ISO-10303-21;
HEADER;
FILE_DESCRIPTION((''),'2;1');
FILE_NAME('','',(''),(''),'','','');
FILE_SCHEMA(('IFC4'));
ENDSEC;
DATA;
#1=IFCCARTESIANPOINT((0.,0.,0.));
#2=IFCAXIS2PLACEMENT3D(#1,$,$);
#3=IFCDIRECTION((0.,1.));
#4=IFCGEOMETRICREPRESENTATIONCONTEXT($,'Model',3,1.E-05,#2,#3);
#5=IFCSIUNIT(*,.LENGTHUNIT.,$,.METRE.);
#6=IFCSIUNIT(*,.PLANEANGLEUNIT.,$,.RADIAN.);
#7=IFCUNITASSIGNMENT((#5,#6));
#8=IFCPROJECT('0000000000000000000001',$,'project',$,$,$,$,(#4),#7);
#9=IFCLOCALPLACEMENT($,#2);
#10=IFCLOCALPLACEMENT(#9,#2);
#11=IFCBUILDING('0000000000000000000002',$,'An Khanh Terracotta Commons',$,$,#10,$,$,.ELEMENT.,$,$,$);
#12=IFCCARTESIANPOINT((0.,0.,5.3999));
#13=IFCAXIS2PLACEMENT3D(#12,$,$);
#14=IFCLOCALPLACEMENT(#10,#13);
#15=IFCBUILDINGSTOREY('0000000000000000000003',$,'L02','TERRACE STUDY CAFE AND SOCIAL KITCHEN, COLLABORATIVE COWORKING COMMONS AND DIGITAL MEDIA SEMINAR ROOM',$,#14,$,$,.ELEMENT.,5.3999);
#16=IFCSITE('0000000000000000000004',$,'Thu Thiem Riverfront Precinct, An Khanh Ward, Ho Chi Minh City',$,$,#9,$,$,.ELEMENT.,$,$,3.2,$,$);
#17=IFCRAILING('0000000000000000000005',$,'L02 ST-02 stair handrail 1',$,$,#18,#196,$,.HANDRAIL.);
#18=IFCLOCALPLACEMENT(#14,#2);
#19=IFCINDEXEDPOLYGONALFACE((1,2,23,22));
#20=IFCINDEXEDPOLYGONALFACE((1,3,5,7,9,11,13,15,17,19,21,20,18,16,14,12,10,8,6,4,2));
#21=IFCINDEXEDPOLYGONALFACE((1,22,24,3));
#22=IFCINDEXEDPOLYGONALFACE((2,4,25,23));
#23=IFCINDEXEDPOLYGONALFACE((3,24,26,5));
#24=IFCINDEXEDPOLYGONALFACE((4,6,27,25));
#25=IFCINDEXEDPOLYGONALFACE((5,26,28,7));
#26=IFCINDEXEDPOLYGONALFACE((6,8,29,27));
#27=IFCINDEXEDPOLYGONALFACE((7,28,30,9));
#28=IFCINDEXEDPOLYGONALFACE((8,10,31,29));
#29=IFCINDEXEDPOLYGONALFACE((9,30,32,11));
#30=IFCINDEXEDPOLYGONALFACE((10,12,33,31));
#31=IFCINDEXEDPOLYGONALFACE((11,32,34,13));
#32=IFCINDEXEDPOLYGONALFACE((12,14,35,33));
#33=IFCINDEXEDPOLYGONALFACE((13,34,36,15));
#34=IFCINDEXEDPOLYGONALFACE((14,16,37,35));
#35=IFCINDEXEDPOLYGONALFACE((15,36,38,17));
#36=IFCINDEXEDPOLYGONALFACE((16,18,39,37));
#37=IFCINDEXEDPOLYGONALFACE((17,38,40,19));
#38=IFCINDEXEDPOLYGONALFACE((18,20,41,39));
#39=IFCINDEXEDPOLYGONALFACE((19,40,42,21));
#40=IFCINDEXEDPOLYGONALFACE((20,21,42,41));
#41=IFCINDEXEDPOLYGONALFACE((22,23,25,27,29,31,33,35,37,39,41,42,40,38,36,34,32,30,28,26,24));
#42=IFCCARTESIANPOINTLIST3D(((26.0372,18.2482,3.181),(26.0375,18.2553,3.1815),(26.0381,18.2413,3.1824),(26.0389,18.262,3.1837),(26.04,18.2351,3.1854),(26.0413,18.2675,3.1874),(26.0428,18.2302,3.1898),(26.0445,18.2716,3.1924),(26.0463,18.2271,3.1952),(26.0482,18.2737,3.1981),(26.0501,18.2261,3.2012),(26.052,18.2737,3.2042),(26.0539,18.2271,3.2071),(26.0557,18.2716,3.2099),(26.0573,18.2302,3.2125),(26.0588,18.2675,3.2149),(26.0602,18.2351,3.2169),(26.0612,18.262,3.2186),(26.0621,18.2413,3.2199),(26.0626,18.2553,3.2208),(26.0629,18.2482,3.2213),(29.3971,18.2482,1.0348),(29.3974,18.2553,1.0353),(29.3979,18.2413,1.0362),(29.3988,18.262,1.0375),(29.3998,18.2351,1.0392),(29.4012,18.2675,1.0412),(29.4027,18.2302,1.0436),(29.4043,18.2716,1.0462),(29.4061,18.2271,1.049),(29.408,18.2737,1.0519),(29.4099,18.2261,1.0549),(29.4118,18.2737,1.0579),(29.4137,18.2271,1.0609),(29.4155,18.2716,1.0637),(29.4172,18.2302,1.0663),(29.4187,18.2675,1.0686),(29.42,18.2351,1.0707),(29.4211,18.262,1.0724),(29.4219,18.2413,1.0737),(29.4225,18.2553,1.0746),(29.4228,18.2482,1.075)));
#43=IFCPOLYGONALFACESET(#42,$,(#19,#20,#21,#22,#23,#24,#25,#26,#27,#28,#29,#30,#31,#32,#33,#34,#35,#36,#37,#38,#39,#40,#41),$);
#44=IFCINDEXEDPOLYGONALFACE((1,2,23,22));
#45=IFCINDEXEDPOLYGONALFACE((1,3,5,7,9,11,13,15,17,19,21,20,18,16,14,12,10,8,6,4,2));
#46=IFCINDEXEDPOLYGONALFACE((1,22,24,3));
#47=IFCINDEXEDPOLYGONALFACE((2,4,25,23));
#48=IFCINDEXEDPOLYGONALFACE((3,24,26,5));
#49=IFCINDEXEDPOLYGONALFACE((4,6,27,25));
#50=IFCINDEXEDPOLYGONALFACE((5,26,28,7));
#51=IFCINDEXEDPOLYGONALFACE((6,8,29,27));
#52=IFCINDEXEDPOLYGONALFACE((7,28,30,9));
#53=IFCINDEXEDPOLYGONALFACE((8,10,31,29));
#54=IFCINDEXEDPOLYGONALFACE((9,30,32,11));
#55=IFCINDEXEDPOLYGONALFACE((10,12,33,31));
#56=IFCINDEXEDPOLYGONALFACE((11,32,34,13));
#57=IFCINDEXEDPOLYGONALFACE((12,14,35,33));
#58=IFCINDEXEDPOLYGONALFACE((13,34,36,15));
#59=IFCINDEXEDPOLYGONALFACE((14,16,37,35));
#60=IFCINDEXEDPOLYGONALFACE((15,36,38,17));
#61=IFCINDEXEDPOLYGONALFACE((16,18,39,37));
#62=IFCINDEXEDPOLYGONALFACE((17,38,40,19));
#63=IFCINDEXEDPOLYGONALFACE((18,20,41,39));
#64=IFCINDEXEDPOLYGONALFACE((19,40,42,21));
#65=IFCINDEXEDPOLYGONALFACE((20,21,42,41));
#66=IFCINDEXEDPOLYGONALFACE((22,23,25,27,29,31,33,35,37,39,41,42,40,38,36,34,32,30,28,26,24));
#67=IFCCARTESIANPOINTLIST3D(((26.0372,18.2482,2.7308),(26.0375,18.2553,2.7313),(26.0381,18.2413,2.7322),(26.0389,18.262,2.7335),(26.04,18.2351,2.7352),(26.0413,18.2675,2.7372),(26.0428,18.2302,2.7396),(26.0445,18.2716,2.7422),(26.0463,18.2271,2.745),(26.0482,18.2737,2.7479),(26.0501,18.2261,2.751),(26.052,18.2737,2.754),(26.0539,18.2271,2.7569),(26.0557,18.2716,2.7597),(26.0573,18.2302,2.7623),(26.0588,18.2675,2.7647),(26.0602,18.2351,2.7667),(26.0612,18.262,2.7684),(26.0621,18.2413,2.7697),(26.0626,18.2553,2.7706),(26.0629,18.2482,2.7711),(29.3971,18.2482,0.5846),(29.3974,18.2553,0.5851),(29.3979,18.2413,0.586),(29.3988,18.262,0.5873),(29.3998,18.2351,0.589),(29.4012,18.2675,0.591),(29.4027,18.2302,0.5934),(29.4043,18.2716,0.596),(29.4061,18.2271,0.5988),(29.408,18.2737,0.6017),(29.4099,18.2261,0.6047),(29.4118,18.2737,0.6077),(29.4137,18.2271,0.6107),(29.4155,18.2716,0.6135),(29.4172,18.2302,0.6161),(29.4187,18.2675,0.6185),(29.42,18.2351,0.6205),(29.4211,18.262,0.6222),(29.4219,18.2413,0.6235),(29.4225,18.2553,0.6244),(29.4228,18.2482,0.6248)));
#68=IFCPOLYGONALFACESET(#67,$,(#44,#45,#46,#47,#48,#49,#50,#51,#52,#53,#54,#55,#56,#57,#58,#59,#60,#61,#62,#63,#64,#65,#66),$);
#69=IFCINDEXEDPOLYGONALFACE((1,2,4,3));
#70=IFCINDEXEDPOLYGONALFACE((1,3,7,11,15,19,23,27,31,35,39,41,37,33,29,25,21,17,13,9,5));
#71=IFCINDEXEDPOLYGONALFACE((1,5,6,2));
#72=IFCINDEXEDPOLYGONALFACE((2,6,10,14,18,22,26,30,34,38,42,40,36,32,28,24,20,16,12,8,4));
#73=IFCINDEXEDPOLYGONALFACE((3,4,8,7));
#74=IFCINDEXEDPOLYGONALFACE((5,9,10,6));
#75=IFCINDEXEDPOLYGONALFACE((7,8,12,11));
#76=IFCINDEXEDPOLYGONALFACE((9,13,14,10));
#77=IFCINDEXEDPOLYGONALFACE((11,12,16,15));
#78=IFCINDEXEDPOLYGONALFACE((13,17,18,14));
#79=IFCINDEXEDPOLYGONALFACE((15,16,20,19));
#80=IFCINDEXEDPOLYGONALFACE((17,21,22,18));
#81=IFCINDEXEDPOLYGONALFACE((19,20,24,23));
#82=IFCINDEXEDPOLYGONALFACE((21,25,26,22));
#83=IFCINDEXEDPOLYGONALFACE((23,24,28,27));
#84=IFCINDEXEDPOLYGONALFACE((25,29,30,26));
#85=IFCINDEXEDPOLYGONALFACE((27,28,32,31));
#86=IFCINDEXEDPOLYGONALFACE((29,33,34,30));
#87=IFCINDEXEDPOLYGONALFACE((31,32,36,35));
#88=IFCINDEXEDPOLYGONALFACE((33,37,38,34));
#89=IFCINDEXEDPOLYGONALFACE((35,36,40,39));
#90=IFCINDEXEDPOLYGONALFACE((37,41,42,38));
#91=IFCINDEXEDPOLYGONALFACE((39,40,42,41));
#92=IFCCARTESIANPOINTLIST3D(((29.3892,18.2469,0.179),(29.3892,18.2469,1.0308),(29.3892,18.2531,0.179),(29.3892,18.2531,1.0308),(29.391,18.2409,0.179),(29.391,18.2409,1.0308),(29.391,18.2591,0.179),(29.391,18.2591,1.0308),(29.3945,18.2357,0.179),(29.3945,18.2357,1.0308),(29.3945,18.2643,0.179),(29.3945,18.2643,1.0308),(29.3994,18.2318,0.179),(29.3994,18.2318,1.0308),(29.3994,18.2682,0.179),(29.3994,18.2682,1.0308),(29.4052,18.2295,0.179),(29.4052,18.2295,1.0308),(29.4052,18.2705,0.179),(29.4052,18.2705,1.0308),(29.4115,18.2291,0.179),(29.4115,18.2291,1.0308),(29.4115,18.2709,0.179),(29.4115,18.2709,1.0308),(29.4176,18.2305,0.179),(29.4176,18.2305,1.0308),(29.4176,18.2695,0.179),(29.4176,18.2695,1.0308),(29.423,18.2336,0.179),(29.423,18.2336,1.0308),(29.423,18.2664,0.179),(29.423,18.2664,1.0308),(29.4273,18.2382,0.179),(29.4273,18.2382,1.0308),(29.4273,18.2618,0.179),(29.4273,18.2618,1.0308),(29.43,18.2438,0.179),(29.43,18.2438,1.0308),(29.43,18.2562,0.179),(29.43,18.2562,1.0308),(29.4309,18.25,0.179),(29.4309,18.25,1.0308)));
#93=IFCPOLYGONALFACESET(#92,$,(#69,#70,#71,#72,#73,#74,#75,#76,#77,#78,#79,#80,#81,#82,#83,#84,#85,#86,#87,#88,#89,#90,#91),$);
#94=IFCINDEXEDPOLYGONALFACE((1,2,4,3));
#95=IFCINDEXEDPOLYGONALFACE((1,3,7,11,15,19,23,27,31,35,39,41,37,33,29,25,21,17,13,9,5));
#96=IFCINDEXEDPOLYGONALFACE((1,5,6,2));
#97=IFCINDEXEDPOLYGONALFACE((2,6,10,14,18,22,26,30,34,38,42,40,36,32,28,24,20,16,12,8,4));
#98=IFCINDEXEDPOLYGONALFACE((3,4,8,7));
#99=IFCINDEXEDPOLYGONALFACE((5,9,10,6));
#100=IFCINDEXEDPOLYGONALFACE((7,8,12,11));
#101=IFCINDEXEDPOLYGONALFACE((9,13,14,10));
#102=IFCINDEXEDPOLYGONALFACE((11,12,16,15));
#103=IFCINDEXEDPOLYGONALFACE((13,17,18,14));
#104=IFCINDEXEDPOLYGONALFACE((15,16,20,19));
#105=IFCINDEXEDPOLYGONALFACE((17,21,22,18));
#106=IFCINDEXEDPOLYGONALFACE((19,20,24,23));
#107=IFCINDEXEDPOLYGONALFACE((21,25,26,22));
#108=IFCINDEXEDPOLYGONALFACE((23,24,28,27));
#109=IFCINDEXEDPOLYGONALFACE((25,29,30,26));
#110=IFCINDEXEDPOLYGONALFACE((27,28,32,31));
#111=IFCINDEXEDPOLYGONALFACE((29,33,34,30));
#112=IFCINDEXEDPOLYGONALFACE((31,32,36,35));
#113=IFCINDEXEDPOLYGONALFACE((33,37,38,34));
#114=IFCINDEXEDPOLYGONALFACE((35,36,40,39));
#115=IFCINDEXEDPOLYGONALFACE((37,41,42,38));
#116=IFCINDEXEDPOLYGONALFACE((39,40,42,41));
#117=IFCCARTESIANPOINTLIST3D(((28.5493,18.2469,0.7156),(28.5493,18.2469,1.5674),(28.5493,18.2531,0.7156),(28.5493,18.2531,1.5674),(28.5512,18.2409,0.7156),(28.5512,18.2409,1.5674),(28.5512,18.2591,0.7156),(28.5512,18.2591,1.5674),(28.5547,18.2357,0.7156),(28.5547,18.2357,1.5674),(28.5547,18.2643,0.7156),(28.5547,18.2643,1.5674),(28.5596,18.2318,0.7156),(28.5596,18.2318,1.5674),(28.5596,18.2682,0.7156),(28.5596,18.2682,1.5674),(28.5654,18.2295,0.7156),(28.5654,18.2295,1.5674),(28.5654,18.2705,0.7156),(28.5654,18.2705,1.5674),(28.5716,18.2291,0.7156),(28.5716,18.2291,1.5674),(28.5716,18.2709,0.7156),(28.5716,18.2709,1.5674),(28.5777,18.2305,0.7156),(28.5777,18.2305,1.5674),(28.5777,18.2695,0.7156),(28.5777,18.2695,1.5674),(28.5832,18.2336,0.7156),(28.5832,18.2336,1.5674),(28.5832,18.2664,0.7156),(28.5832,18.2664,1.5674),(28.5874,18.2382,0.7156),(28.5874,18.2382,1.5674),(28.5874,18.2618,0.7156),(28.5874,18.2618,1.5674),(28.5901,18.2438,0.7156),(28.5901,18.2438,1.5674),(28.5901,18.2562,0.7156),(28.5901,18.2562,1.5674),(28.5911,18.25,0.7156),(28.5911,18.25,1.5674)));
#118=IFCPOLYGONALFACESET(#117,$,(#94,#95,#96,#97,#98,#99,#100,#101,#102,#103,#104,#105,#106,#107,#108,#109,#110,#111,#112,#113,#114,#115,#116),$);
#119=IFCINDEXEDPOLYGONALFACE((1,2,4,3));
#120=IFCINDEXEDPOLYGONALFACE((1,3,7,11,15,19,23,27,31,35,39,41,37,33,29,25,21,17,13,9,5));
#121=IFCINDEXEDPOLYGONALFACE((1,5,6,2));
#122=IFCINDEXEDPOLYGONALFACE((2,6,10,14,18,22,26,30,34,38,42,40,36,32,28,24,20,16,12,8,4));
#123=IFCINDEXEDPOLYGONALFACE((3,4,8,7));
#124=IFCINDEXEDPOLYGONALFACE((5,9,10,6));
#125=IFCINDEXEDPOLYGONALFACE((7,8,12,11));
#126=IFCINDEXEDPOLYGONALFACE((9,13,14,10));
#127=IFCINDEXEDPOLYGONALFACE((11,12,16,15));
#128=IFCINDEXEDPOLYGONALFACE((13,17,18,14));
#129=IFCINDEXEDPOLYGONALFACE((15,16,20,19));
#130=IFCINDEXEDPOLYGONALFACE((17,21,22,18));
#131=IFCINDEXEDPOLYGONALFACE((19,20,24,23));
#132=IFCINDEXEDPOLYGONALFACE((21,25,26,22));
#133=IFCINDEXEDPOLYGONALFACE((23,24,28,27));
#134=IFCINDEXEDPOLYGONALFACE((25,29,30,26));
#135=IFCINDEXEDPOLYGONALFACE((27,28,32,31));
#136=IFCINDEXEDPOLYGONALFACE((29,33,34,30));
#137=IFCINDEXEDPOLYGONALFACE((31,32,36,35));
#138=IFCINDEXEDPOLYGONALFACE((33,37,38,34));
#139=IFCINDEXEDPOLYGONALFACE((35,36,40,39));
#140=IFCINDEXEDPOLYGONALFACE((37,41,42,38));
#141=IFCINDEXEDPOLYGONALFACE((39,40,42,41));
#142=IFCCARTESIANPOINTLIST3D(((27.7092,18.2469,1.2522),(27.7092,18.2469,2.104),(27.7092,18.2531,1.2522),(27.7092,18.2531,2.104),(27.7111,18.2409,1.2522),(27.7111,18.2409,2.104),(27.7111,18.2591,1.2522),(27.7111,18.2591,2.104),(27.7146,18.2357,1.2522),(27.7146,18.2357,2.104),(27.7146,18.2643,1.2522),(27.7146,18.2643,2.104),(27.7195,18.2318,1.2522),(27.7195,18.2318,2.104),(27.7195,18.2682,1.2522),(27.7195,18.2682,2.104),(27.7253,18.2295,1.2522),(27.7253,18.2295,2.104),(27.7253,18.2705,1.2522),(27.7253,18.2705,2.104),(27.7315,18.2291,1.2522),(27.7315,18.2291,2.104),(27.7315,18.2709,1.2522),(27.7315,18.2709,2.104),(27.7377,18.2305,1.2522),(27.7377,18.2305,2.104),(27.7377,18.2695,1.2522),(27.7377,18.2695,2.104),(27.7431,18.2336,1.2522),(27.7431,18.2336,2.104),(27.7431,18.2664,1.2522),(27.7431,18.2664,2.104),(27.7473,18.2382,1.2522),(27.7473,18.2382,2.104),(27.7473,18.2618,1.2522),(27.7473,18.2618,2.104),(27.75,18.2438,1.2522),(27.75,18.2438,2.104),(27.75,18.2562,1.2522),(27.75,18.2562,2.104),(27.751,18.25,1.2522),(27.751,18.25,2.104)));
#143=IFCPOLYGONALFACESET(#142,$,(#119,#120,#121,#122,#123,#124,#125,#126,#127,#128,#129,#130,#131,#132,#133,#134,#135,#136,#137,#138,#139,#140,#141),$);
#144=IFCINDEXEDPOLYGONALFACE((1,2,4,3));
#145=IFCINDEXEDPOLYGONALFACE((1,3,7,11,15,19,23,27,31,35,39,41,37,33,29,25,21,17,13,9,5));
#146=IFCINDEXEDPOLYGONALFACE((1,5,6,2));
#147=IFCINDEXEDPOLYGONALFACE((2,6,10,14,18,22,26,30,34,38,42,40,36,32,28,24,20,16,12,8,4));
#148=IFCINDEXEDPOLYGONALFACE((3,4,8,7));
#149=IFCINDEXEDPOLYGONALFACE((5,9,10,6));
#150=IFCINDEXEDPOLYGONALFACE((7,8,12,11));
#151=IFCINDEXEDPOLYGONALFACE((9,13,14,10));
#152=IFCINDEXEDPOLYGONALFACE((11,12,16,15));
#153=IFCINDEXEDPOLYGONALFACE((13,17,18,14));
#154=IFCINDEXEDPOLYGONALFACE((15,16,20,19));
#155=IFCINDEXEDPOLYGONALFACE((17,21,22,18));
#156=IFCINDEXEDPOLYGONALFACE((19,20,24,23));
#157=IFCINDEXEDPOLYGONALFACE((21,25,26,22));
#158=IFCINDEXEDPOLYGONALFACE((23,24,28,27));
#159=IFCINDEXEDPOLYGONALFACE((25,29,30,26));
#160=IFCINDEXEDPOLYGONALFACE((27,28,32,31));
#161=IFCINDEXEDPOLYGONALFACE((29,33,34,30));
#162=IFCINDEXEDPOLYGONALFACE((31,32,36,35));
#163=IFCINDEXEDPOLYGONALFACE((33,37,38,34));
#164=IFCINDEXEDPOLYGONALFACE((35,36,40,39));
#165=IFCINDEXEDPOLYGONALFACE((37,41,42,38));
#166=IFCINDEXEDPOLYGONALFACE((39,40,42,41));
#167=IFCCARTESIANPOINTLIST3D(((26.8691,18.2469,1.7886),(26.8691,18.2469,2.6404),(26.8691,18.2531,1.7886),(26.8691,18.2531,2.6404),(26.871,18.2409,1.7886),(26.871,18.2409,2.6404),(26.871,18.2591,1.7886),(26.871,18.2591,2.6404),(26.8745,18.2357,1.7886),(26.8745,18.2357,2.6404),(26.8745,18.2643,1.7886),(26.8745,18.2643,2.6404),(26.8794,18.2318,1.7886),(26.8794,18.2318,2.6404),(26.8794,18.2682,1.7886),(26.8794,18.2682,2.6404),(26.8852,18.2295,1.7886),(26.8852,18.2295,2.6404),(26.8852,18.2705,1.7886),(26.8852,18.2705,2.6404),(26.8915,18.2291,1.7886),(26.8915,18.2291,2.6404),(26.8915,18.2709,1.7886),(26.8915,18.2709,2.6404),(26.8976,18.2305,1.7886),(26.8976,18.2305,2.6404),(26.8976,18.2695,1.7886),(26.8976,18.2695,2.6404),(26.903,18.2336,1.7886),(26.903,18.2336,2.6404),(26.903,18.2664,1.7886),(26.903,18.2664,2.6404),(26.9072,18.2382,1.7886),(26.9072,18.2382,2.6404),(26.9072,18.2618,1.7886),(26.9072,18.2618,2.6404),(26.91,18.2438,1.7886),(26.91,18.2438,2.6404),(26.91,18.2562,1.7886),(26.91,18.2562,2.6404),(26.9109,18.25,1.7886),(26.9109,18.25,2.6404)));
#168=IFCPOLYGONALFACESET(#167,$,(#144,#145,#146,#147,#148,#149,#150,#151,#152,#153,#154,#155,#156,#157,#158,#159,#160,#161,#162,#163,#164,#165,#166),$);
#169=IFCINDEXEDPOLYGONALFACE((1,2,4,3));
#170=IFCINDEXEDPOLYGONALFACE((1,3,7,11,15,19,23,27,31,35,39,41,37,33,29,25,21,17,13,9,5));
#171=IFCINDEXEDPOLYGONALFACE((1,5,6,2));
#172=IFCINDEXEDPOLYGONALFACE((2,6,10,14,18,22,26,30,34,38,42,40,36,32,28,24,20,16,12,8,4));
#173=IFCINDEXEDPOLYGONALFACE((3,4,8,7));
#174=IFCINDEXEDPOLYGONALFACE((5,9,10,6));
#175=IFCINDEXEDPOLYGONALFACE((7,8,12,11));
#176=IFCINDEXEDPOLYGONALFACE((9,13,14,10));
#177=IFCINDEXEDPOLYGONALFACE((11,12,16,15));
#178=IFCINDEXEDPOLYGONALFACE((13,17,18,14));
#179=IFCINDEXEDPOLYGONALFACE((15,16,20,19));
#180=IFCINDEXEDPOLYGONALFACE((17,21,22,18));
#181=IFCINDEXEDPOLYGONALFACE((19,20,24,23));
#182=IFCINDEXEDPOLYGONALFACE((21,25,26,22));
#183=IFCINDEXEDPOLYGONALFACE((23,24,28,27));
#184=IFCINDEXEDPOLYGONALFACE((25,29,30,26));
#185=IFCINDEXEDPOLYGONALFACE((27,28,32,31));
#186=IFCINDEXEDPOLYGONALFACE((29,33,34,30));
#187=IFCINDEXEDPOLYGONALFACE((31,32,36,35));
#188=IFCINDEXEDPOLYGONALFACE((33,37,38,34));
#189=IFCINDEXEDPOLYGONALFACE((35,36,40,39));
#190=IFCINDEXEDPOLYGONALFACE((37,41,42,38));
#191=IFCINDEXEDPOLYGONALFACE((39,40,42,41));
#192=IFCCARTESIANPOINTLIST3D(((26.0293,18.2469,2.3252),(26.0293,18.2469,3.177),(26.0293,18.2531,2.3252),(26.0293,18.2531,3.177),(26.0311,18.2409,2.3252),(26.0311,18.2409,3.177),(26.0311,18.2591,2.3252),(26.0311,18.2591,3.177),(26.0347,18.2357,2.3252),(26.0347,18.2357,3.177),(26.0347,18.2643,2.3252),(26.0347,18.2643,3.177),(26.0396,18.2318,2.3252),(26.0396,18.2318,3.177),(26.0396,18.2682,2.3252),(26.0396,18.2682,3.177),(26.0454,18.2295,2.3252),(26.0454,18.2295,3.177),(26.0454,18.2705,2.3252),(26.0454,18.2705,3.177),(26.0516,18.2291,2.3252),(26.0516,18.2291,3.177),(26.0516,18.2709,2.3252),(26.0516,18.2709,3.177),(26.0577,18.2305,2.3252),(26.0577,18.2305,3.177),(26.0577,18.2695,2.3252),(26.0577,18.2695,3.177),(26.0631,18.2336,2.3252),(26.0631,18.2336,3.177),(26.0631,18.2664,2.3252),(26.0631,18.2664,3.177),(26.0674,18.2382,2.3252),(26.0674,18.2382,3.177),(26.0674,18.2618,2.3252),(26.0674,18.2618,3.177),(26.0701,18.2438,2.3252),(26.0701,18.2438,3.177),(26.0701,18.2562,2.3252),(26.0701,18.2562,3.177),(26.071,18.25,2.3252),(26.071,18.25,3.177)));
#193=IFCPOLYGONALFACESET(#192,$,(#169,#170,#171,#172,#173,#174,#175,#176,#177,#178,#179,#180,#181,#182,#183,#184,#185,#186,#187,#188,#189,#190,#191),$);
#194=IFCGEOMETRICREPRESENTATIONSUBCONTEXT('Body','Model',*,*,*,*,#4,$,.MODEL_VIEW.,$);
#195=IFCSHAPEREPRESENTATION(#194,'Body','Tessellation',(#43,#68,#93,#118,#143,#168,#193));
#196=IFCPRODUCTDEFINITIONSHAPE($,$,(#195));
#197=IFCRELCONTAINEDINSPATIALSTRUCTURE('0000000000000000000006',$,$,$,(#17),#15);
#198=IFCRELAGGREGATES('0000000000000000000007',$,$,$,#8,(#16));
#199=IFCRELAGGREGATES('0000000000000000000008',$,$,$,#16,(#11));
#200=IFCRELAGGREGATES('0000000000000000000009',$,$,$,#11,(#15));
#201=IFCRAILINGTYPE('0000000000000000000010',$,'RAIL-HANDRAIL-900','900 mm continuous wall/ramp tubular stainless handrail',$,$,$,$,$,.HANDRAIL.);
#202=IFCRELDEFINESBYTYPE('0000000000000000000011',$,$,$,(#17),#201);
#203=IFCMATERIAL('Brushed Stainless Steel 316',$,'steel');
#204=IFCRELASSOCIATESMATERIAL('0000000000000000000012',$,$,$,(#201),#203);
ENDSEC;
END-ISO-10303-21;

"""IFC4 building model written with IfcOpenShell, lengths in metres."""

from ifc_helpers import new_model, si_unit, direction, frame, origin, origin_2d, place, context, subcontext, project, spatial, circle, extrude, material, type_object, element, save


model = new_model("IFC4")

# Units and contexts
model_context = context("Model", 3, precision=1e-05, world=origin(), true_north=direction((0.0, 1.0)))
body_context = subcontext(model_context, "Body", "Model", "MODEL_VIEW")
ifc_project = project(units=[si_unit("LENGTHUNIT", "METRE"), si_unit("PLANEANGLEUNIT", "RADIAN")], contexts=[model_context])

# Site, building, storey
site_placement = place(None, origin())
site = spatial("IfcSite", under=ifc_project, at=site_placement, Name="Thu Thiem Riverfront Precinct, An Khanh Ward, Ho Chi Minh City", CompositionType="ELEMENT", RefElevation=3.2)
building_placement = place(site_placement, origin())
building = spatial("IfcBuilding", under=site, at=building_placement, Name="An Khanh Terracotta Commons", CompositionType="ELEMENT")
storey_placement = place(building_placement, frame((0.0, 0.0, 5.3999)))
storey = spatial("IfcBuildingStorey", under=building, at=storey_placement, Name="L02", Description="TERRACE STUDY CAFE AND SOCIAL KITCHEN, COLLABORATIVE COWORKING COMMONS AND DIGITAL MEDIA SEMINAR ROOM", CompositionType="ELEMENT", Elevation=5.3999)

# Railing
ifc_material_1 = material(Name="Brushed Stainless Steel 316", Category="steel")
railing_type = type_object("IfcRailingType", Name="RAIL-HANDRAIL-900", Description="900 mm continuous wall/ramp tubular stainless handrail", PredefinedType="HANDRAIL", material=ifc_material_1)
railing_placement = place(storey_placement, frame((29.4099, 18.25, 0.179)))
element("IfcRailing", 1, at=railing_placement, inside=storey, type_object=railing_type, Name="L02 ST-02 stair handrail 1", PredefinedType="HANDRAIL", context=body_context, shape_type="SweptSolid", body=[
    extrude(circle(Radius=0.0239, at=origin_2d()), frame((0.0, 0.0, 0.876), z_axis=(-0.842735, 0.0, 0.538329), x_axis=(0.0, -1.0, 0.0)), (0.0, 0.0, 1.0), 3.9868),
    extrude(circle(Radius=0.0239, at=origin_2d()), frame((0.0, 0.0, 0.4258), z_axis=(-0.842735, 0.0, 0.538329), x_axis=(0.0, -1.0, 0.0)), (0.0, 0.0, 1.0), 3.9868),
    extrude(circle(Radius=0.021, at=origin_2d()), origin(), (0.0, 0.0, 1.0), 0.8518),
    extrude(circle(Radius=0.021, at=origin_2d()), frame((-0.8398, 0.0, 0.5366)), (0.0, 0.0, 1.0), 0.8518),
    extrude(circle(Radius=0.021, at=origin_2d()), frame((-1.6799, 0.0, 1.0732)), (0.0, 0.0, 1.0), 0.8518),
    extrude(circle(Radius=0.021, at=origin_2d()), frame((-2.52, 0.0, 1.6096)), (0.0, 0.0, 1.0), 0.8518),
    extrude(circle(Radius=0.021, at=origin_2d()), frame((-3.3599, 0.0, 2.1462)), (0.0, 0.0, 1.0), 0.8518),
])

save(model, "model.ifc")
